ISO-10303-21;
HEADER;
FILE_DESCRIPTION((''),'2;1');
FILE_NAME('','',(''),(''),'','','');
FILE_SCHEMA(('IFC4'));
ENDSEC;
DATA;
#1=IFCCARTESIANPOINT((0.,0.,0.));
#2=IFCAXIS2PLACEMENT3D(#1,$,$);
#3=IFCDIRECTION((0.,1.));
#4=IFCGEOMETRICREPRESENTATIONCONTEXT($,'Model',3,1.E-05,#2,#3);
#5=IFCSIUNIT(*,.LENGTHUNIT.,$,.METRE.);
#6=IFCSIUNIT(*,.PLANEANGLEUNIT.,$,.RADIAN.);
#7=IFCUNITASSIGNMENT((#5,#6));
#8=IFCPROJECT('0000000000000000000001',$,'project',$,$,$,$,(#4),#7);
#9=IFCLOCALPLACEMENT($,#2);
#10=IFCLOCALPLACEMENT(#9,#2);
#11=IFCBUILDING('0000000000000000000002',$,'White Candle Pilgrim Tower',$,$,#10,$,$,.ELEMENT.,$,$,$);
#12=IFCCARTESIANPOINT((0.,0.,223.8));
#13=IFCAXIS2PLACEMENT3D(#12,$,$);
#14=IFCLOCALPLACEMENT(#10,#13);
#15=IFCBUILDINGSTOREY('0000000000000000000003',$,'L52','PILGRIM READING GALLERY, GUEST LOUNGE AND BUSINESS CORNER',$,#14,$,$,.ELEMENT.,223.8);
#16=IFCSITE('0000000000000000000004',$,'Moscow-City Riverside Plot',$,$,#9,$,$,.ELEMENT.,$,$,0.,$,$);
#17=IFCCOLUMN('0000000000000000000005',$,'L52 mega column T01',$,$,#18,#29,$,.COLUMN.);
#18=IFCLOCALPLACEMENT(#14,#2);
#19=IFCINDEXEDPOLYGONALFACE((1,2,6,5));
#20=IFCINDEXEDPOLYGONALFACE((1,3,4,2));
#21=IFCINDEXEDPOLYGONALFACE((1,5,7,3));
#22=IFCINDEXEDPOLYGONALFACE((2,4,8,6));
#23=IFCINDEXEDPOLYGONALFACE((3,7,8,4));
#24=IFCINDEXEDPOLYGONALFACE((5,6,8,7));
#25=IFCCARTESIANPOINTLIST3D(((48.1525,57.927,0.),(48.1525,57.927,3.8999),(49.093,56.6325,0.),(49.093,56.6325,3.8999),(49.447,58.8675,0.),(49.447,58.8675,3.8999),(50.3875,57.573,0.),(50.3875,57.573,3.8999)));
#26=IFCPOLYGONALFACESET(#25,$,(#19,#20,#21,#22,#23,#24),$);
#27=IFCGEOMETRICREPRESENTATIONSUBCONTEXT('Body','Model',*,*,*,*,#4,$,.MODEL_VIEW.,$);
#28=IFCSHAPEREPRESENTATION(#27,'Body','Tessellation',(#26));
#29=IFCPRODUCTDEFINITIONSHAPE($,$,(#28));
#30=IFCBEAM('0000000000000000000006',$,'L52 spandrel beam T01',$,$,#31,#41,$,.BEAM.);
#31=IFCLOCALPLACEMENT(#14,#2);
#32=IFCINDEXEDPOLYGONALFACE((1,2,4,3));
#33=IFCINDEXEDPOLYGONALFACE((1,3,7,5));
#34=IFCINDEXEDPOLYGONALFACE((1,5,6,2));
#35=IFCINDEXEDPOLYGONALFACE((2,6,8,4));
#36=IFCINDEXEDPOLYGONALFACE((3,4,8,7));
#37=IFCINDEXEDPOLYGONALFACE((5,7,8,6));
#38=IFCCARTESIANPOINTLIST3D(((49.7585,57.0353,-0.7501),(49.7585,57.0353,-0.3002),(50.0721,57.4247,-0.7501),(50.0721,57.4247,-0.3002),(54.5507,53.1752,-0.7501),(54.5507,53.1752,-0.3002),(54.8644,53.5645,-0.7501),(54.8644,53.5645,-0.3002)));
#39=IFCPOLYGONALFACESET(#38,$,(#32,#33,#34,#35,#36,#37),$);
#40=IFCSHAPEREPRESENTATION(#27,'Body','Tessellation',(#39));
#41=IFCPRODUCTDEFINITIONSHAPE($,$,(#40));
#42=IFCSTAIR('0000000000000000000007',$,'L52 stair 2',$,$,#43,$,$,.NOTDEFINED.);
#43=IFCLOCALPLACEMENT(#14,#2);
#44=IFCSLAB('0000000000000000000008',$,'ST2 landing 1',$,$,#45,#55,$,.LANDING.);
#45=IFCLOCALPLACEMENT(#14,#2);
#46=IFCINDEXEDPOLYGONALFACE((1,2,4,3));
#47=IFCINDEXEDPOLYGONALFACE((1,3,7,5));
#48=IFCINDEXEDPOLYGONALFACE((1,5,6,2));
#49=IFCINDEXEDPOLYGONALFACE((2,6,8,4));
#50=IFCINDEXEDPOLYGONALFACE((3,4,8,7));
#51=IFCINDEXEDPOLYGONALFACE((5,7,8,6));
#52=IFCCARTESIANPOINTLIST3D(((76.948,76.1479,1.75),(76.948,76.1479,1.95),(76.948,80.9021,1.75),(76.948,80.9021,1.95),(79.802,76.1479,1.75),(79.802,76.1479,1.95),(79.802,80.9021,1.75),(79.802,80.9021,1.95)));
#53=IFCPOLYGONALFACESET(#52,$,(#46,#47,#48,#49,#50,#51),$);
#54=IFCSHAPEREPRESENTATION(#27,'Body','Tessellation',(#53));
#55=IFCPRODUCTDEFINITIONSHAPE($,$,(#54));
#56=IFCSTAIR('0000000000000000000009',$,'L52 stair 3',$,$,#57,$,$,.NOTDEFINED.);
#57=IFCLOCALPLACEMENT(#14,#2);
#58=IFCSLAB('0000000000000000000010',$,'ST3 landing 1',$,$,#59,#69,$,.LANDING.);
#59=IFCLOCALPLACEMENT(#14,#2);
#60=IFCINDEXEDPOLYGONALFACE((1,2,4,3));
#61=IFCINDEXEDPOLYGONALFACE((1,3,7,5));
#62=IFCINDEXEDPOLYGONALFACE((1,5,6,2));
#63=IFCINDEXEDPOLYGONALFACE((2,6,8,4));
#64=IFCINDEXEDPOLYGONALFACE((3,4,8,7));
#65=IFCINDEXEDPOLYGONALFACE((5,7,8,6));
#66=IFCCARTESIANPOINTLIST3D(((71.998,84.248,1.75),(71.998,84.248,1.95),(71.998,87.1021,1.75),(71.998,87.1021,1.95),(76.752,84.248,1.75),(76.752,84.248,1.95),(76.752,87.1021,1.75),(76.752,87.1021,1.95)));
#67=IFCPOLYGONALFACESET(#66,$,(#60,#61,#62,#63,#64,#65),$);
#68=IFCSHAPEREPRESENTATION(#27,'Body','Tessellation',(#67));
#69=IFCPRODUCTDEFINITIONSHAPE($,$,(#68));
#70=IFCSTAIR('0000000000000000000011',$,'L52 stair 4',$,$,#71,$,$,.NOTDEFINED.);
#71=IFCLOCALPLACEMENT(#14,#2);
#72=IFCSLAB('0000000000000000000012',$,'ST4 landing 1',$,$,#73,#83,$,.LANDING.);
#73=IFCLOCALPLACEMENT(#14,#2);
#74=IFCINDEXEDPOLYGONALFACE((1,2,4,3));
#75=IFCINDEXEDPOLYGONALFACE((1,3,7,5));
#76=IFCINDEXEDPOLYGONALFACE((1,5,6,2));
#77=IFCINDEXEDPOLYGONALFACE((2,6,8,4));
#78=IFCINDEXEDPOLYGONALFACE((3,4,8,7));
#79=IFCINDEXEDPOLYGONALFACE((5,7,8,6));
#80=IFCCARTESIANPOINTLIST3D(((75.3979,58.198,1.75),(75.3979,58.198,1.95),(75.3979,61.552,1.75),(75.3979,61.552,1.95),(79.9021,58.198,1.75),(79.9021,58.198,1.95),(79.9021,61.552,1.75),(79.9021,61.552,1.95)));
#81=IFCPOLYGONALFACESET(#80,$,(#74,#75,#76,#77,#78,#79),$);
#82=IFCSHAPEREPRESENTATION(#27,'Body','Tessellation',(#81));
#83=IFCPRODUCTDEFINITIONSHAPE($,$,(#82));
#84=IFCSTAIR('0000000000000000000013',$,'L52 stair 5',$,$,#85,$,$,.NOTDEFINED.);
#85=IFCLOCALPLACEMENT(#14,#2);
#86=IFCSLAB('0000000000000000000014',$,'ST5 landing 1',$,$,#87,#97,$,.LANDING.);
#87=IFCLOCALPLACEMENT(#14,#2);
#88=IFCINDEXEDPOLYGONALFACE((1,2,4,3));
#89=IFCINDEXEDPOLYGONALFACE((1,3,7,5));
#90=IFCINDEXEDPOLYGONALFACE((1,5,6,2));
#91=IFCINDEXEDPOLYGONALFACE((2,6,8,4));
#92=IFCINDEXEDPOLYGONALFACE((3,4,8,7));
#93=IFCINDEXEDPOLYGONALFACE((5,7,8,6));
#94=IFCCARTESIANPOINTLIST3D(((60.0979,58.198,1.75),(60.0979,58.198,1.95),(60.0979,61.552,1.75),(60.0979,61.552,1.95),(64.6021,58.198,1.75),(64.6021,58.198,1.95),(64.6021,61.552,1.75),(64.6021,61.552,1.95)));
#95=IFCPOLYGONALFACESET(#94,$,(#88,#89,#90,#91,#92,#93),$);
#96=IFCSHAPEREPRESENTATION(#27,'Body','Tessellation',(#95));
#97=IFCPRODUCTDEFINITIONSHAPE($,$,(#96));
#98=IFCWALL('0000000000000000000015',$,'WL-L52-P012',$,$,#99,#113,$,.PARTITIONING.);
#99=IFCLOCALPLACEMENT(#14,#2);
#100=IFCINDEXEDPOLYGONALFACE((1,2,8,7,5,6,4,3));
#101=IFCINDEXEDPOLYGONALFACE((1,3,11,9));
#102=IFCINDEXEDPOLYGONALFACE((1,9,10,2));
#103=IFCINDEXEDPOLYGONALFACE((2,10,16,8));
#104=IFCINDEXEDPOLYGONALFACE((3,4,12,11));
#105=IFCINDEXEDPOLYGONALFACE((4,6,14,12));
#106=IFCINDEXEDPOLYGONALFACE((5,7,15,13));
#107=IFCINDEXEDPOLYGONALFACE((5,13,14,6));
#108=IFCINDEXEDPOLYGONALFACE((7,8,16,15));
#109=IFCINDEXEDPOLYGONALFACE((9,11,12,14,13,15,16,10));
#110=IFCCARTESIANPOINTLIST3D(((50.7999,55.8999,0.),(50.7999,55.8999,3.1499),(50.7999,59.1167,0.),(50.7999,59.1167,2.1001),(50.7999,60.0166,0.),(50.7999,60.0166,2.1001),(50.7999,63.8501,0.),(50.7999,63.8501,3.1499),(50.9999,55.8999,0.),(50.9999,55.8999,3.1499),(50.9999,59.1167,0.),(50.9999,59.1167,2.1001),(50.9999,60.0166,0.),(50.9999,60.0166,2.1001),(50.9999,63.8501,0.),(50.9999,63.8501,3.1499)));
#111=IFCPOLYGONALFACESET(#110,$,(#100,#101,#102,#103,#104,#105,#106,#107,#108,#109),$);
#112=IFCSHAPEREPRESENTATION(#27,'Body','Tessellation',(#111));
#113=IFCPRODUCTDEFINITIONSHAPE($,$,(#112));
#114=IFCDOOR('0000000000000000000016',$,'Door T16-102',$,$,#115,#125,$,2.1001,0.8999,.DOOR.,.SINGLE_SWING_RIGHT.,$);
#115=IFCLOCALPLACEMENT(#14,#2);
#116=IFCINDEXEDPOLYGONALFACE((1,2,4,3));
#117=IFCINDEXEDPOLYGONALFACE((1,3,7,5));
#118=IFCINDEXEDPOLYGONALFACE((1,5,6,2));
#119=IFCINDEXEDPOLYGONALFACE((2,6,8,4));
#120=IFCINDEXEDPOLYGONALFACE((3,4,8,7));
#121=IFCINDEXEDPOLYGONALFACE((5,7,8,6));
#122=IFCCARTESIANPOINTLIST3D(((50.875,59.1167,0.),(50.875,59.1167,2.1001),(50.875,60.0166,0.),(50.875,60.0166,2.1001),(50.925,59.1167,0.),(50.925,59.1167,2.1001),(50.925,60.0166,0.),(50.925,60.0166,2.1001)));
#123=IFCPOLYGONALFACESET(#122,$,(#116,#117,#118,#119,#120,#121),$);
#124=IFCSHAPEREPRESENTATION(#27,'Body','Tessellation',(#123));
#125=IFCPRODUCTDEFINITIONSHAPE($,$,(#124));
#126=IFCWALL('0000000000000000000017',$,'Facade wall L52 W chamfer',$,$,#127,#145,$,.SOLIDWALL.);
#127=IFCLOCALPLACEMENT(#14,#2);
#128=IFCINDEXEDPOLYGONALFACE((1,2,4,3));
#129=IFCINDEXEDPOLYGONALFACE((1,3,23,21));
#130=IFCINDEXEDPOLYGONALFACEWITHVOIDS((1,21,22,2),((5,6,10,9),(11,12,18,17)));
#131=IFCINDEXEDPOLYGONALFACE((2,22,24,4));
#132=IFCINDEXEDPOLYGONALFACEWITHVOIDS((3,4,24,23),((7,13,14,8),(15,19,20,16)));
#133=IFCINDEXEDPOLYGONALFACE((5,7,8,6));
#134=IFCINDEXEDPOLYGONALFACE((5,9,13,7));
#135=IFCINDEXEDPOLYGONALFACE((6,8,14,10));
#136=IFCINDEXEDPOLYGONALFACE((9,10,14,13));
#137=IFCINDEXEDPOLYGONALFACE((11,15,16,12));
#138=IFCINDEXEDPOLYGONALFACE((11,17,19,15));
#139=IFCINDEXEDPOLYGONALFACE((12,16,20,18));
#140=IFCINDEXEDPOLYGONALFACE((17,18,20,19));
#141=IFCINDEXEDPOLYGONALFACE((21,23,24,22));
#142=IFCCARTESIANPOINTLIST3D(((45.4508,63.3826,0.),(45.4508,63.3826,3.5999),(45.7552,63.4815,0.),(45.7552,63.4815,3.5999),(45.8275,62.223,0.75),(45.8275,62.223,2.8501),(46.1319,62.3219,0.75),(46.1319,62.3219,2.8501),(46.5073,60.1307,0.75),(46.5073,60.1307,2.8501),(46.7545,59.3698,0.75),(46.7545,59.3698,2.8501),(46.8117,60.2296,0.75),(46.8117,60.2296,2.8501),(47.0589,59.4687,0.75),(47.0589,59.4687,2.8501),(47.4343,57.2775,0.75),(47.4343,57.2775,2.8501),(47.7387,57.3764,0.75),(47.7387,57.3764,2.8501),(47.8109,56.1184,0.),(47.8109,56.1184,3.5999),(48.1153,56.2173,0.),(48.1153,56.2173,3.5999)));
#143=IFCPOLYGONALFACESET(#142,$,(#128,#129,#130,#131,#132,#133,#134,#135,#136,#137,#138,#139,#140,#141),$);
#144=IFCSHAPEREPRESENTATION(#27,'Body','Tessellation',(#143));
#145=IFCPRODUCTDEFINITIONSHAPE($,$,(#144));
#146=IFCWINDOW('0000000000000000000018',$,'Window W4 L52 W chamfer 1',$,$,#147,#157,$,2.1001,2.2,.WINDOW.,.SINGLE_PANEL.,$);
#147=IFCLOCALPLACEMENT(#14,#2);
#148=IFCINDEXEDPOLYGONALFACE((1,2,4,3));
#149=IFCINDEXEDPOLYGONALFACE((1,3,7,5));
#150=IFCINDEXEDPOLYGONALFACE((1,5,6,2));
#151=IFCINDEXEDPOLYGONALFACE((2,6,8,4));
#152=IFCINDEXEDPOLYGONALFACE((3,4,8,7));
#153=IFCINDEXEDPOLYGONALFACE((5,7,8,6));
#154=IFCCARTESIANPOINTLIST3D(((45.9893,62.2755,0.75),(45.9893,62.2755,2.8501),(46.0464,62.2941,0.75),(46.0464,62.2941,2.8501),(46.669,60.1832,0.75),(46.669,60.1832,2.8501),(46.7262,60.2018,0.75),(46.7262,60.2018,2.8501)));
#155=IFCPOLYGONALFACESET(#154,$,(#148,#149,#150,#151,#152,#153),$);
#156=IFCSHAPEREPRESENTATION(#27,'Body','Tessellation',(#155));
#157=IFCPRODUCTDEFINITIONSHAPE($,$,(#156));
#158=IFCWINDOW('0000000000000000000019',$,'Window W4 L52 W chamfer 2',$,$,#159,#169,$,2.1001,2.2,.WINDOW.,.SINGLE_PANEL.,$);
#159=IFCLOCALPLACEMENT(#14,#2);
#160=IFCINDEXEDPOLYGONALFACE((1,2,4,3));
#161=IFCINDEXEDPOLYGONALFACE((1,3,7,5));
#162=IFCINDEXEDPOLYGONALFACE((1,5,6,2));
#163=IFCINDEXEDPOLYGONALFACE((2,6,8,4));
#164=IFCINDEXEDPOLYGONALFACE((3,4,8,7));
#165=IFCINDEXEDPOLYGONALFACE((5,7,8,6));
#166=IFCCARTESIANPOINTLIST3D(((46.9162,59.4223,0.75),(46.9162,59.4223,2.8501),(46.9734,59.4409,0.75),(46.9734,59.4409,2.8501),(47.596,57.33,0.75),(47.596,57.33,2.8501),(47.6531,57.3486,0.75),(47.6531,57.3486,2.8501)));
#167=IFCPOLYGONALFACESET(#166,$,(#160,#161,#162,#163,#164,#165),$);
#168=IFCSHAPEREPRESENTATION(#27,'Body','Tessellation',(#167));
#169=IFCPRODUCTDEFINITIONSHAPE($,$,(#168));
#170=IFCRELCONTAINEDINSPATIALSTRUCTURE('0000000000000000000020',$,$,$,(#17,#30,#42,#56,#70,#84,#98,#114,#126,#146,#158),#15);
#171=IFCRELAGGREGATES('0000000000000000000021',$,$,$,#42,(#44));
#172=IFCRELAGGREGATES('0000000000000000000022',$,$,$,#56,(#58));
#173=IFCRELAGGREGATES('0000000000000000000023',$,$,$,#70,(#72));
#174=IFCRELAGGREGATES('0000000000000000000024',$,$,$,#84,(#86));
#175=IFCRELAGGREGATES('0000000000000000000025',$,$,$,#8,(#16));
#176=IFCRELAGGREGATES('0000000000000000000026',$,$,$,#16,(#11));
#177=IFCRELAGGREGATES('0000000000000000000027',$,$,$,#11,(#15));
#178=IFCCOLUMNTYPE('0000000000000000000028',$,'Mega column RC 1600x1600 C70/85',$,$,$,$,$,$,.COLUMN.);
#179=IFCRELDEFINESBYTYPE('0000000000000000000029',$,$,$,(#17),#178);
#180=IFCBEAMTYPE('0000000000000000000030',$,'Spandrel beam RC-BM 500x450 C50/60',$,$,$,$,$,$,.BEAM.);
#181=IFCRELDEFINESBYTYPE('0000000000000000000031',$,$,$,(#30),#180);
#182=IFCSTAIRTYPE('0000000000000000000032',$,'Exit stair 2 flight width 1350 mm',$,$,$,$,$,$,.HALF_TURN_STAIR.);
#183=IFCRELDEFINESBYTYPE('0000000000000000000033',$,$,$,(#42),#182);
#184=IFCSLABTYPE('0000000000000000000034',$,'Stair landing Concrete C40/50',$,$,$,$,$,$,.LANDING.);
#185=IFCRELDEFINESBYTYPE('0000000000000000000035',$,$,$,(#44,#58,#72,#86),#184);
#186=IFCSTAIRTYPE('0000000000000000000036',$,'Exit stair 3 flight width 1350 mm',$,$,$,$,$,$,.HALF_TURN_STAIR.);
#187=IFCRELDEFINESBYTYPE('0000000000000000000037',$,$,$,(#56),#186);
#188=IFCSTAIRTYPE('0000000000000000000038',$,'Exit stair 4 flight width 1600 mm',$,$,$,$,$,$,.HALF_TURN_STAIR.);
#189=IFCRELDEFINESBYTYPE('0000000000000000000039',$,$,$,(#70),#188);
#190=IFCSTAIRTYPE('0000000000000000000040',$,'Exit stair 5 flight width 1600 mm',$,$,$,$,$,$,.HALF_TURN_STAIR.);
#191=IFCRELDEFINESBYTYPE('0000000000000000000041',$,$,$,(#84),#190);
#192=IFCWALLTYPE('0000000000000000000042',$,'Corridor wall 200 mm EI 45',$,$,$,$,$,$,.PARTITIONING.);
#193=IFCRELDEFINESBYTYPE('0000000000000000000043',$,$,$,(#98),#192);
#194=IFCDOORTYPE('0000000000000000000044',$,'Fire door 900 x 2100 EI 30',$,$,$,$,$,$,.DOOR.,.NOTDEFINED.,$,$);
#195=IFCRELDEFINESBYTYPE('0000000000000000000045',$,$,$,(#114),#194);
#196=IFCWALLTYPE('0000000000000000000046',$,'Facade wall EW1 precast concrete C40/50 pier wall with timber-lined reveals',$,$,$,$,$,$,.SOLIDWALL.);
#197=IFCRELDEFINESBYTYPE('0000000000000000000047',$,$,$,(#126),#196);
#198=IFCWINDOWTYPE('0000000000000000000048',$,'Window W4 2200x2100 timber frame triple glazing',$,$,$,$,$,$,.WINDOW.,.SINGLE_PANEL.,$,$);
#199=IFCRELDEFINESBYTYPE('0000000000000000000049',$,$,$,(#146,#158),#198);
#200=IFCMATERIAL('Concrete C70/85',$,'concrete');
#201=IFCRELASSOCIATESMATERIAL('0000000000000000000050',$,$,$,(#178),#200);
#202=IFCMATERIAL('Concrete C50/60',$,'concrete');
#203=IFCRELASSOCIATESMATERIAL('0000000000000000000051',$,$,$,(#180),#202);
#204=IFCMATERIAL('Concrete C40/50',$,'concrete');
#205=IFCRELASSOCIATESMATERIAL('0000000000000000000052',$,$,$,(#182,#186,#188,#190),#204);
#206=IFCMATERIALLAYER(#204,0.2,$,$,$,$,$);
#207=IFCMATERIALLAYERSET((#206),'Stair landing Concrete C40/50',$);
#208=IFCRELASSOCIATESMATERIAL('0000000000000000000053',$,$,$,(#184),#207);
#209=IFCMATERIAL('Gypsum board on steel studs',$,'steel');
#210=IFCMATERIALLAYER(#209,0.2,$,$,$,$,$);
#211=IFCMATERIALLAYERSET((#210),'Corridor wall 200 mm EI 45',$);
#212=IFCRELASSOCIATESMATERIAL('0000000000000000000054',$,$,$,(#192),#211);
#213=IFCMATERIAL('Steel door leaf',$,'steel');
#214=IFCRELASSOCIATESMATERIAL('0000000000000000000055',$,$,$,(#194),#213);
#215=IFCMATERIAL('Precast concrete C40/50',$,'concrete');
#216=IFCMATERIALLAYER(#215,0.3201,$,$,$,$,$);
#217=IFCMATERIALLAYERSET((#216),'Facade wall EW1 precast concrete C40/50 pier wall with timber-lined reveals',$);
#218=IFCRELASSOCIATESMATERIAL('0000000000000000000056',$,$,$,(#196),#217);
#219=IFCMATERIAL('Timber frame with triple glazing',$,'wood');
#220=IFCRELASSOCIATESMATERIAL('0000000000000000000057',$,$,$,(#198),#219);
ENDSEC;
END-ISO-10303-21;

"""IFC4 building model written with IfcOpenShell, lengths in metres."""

from ifc_helpers import new_model, si_unit, direction, frame, frame_2d, origin, origin_2d, place, context, subcontext, project, spatial, polyline, rectangle, outline, extrude, material, layer, layer_set, material_profile, profile_set, type_object, element, fill, aggregate, save


model = new_model("IFC4")

# Units and contexts
model_context = context("Model", 3, precision=1e-05, world=origin(), true_north=direction((0.0, 1.0)))
body_context = subcontext(model_context, "Body", "Model", "MODEL_VIEW")
ifc_project = project(units=[si_unit("LENGTHUNIT", "METRE"), si_unit("PLANEANGLEUNIT", "RADIAN")], contexts=[model_context])

# Site, building, storey
site_placement = place(None, origin())
site = spatial("IfcSite", under=ifc_project, at=site_placement, Name="Moscow-City Riverside Plot", CompositionType="ELEMENT", RefElevation=0.0)
building_placement = place(site_placement, origin())
building = spatial("IfcBuilding", under=site, at=building_placement, Name="White Candle Pilgrim Tower", CompositionType="ELEMENT")
storey_placement = place(building_placement, frame((0.0, 0.0, 223.8)))
storey = spatial("IfcBuildingStorey", under=building, at=storey_placement, Name="L52", Description="PILGRIM READING GALLERY, GUEST LOUNGE AND BUSINESS CORNER", CompositionType="ELEMENT", Elevation=223.8)

# Column
ifc_material_1 = material(Name="Concrete C70/85", Category="concrete")
ifc_material_profile_1 = material_profile(ifc_material_1, rectangle(XDim=1.6001, YDim=1.6001, at=origin_2d()), Name="RC 1600x1600")
ifc_profile_set_1 = profile_set([ifc_material_profile_1], Name="Concrete C70/85")
column_type = type_object("IfcColumnType", Name="Mega column RC 1600x1600 C70/85", PredefinedType="COLUMN", material=ifc_profile_set_1)
column_placement = place(storey_placement, frame((49.27, 57.75, 0.0), z_axis=(0.0, 0.0, 1.0), x_axis=(-0.809017, -0.587785, 0.0)))
element("IfcColumn", 1, at=column_placement, inside=storey, type_object=column_type, Name="L52 mega column T01", PredefinedType="COLUMN", context=body_context, shape_type="SweptSolid", body=[
    extrude(rectangle(XDim=1.6001, YDim=1.6001, at=origin_2d()), origin(), (0.0, 0.0, 1.0), 3.8999),
])

# Beam
ifc_material_2 = material(Name="Concrete C50/60", Category="concrete")
ifc_material_profile_2 = material_profile(ifc_material_2, rectangle(XDim=0.5, YDim=0.45, at=origin_2d()), Name="RC-BM 500x450")
ifc_profile_set_2 = profile_set([ifc_material_profile_2], Name="Concrete C50/60")
beam_type = type_object("IfcBeamType", Name="Spandrel beam RC-BM 500x450 C50/60", PredefinedType="BEAM", material=ifc_profile_set_2)
beam_placement = place(storey_placement, frame((49.9153, 57.23, -0.5251), z_axis=(0.778778, -0.627299, 0.0), x_axis=(0.627299, 0.778778, 0.0)))
element("IfcBeam", 2, at=beam_placement, inside=storey, type_object=beam_type, Name="L52 spandrel beam T01", PredefinedType="BEAM", context=body_context, shape_type="SweptSolid", body=[
    extrude(rectangle(XDim=0.5, YDim=0.45, at=origin_2d()), origin(), (0.0, 0.0, 1.0), 6.1536),
])

# Stairs, slabs
ifc_material_3 = material(Name="Concrete C40/50", Category="concrete")
stair_type_1 = type_object("IfcStairType", Name="Exit stair 2 flight width 1350 mm", PredefinedType="HALF_TURN_STAIR", material=ifc_material_3)
stair_1_placement = place(storey_placement, origin())
stair_1 = element("IfcStair", 3, at=stair_1_placement, inside=storey, type_object=stair_type_1, Name="L52 stair 2", PredefinedType="NOTDEFINED")
ifc_layer_1 = layer(ifc_material_3, 0.2)
ifc_layer_set_1 = layer_set([ifc_layer_1], Name="Stair landing Concrete C40/50")
slab_type = type_object("IfcSlabType", Name="Stair landing Concrete C40/50", PredefinedType="LANDING", material=ifc_layer_set_1)
slab_1_placement = place(storey_placement, frame((0.0, 0.0, 1.75)))
slab_1 = element("IfcSlab", 4, at=slab_1_placement, type_object=slab_type, Name="ST2 landing 1", PredefinedType="LANDING", context=body_context, shape_type="SweptSolid", body=[
    extrude(outline(polyline([(79.802, 76.1479), (76.948, 76.1479), (76.948, 80.9021), (79.802, 80.9021), (79.802, 76.1479)])), origin(), (0.0, 0.0, 1.0), 0.2),
])
aggregate(stair_1, [slab_1])
stair_type_2 = type_object("IfcStairType", Name="Exit stair 3 flight width 1350 mm", PredefinedType="HALF_TURN_STAIR", material=ifc_material_3)
stair_2_placement = place(storey_placement, origin())
stair_2 = element("IfcStair", 5, at=stair_2_placement, inside=storey, type_object=stair_type_2, Name="L52 stair 3", PredefinedType="NOTDEFINED")
slab_2_placement = place(storey_placement, frame((0.0, 0.0, 1.75)))
slab_2 = element("IfcSlab", 6, at=slab_2_placement, type_object=slab_type, Name="ST3 landing 1", PredefinedType="LANDING", context=body_context, shape_type="SweptSolid", body=[
    extrude(outline(polyline([(71.998, 84.248), (71.998, 87.1021), (76.752, 87.1021), (76.752, 84.248), (71.998, 84.248)])), origin(), (0.0, 0.0, 1.0), 0.2),
])
aggregate(stair_2, [slab_2])
stair_type_3 = type_object("IfcStairType", Name="Exit stair 4 flight width 1600 mm", PredefinedType="HALF_TURN_STAIR", material=ifc_material_3)
stair_3_placement = place(storey_placement, origin())
stair_3 = element("IfcStair", 7, at=stair_3_placement, inside=storey, type_object=stair_type_3, Name="L52 stair 4", PredefinedType="NOTDEFINED")
slab_3_placement = place(storey_placement, frame((0.0, 0.0, 1.75)))
slab_3 = element("IfcSlab", 8, at=slab_3_placement, type_object=slab_type, Name="ST4 landing 1", PredefinedType="LANDING", context=body_context, shape_type="SweptSolid", body=[
    extrude(outline(polyline([(79.9021, 61.552), (79.9021, 58.198), (75.3979, 58.198), (75.3979, 61.552), (79.9021, 61.552)])), origin(), (0.0, 0.0, 1.0), 0.2),
])
aggregate(stair_3, [slab_3])
stair_type_4 = type_object("IfcStairType", Name="Exit stair 5 flight width 1600 mm", PredefinedType="HALF_TURN_STAIR", material=ifc_material_3)
stair_4_placement = place(storey_placement, origin())
stair_4 = element("IfcStair", 9, at=stair_4_placement, inside=storey, type_object=stair_type_4, Name="L52 stair 5", PredefinedType="NOTDEFINED")
slab_4_placement = place(storey_placement, frame((0.0, 0.0, 1.75)))
slab_4 = element("IfcSlab", 10, at=slab_4_placement, type_object=slab_type, Name="ST5 landing 1", PredefinedType="LANDING", context=body_context, shape_type="SweptSolid", body=[
    extrude(outline(polyline([(60.0979, 58.198), (60.0979, 61.552), (64.6021, 61.552), (64.6021, 58.198), (60.0979, 58.198)])), origin(), (0.0, 0.0, 1.0), 0.2),
])
aggregate(stair_4, [slab_4])

# Wall, opening, door
ifc_material_4 = material(Name="Gypsum board on steel studs", Category="steel")
ifc_layer_2 = layer(ifc_material_4, 0.2)
ifc_layer_set_2 = layer_set([ifc_layer_2], Name="Corridor wall 200 mm EI 45")
wall_type_1 = type_object("IfcWallType", Name="Corridor wall 200 mm EI 45", PredefinedType="PARTITIONING", material=ifc_layer_set_2)
wall_1_placement = place(storey_placement, frame((50.8999, 55.8999, 0.0), z_axis=(0.0, 0.0, 1.0), x_axis=(0.0, 1.0, 0.0)))
wall_1 = element("IfcWall", 11, at=wall_1_placement, inside=storey, type_object=wall_type_1, Name="WL-L52-P012", PredefinedType="PARTITIONING", context=body_context, shape_type="SweptSolid", body=[
    extrude(rectangle(XDim=7.9502, YDim=0.2, at=frame_2d((3.9751, 0.0))), origin(), (0.0, 0.0, 1.0), 3.1499),
])
opening_1_placement = place(wall_1_placement, frame((3.2168, 0.0, 0.0)))
opening_1 = element("IfcOpeningElement", 12, at=opening_1_placement, cuts=wall_1, PredefinedType="OPENING", context=body_context, shape_type="SweptSolid", body=[
    extrude(rectangle(XDim=0.8999, YDim=2.1001, at=frame_2d((0.45, 1.05))), frame((0.0, 0.1099, 0.0), z_axis=(0.0, -1.0, 0.0), x_axis=(1.0, 0.0, 0.0)), (0.0, 0.0, 1.0), 0.22),
])
ifc_material_5 = material(Name="Steel door leaf", Category="steel")
door_type_1 = type_object("IfcDoorType", Name="Fire door 900 x 2100 EI 30", OperationType="NOTDEFINED", PredefinedType="DOOR", material=ifc_material_5)
door_1_placement = place(opening_1_placement, origin())
door_1 = element("IfcDoor", 13, at=door_1_placement, inside=storey, type_object=door_type_1, Name="Door T16-102", OperationType="SINGLE_SWING_RIGHT", OverallHeight=2.1001, OverallWidth=0.8999, PredefinedType="DOOR", context=body_context, shape_type="SweptSolid", body=[
    extrude(rectangle(XDim=0.8999, YDim=2.1001, at=frame_2d((0.45, 1.05))), frame((0.0, 0.0249, 0.0), z_axis=(0.0, -1.0, 0.0), x_axis=(1.0, 0.0, 0.0)), (0.0, 0.0, 1.0), 0.05),
])
fill(opening_1, door_1)

# Wall, openings, windows
ifc_material_6 = material(Name="Precast concrete C40/50", Category="concrete")
ifc_layer_3 = layer(ifc_material_6, 0.3201)
ifc_layer_set_3 = layer_set([ifc_layer_3], Name="Facade wall EW1 precast concrete C40/50 pier wall with timber-lined reveals")
wall_type_2 = type_object("IfcWallType", Name="Facade wall EW1 precast concrete C40/50 pier wall with timber-lined reveals", PredefinedType="SOLIDWALL", material=ifc_layer_set_3)
wall_2_placement = place(storey_placement, frame((45.603, 63.4319, 0.0), z_axis=(0.0, 0.0, 1.0), x_axis=(0.308998, -0.951063, 0.0)))
wall_2 = element("IfcWall", 14, at=wall_2_placement, inside=storey, type_object=wall_type_2, Name="Facade wall L52 W chamfer", PredefinedType="SOLIDWALL", context=body_context, shape_type="SweptSolid", body=[
    extrude(rectangle(XDim=7.6379, YDim=0.3201, at=frame_2d((3.8188, 0.0))), origin(), (0.0, 0.0, 1.0), 3.5999),
])
opening_2_placement = place(wall_2_placement, frame((1.219, 0.0, 0.75)))
opening_2 = element("IfcOpeningElement", 15, at=opening_2_placement, cuts=wall_2, PredefinedType="OPENING", context=body_context, shape_type="SweptSolid", body=[
    extrude(rectangle(XDim=2.2, YDim=2.1001, at=frame_2d((1.1001, 1.05))), frame((0.0, 0.1699, 0.0), z_axis=(0.0, -1.0, 0.0), x_axis=(1.0, 0.0, 0.0)), (0.0, 0.0, 1.0), 0.3401),
])
opening_3_placement = place(wall_2_placement, frame((4.219, 0.0, 0.75)))
opening_3 = element("IfcOpeningElement", 16, at=opening_3_placement, cuts=wall_2, PredefinedType="OPENING", context=body_context, shape_type="SweptSolid", body=[
    extrude(rectangle(XDim=2.2, YDim=2.1001, at=frame_2d((1.1001, 1.05))), frame((0.0, 0.1699, 0.0), z_axis=(0.0, -1.0, 0.0), x_axis=(1.0, 0.0, 0.0)), (0.0, 0.0, 1.0), 0.3401),
])
ifc_material_7 = material(Name="Timber frame with triple glazing", Category="wood")
window_type_1 = type_object("IfcWindowType", Name="Window W4 2200x2100 timber frame triple glazing", PartitioningType="SINGLE_PANEL", PredefinedType="WINDOW", material=ifc_material_7)
window_1_placement = place(opening_2_placement, origin())
window_1 = element("IfcWindow", 17, at=window_1_placement, inside=storey, type_object=window_type_1, Name="Window W4 L52 W chamfer 1", OverallHeight=2.1001, OverallWidth=2.2, PartitioningType="SINGLE_PANEL", PredefinedType="WINDOW", context=body_context, shape_type="SweptSolid", body=[
    extrude(rectangle(XDim=2.2, YDim=2.1001, at=frame_2d((1.1001, 1.05))), frame((0.0, 0.0701, 0.0), z_axis=(0.0, -1.0, 0.0), x_axis=(1.0, 0.0, 0.0)), (0.0, 0.0, 1.0), 0.0601),
])
fill(opening_2, window_1)
window_2_placement = place(opening_3_placement, origin())
window_2 = element("IfcWindow", 18, at=window_2_placement, inside=storey, type_object=window_type_1, Name="Window W4 L52 W chamfer 2", OverallHeight=2.1001, OverallWidth=2.2, PartitioningType="SINGLE_PANEL", PredefinedType="WINDOW", context=body_context, shape_type="SweptSolid", body=[
    extrude(rectangle(XDim=2.2, YDim=2.1001, at=frame_2d((1.1001, 1.05))), frame((0.0, 0.0701, 0.0), z_axis=(0.0, -1.0, 0.0), x_axis=(1.0, 0.0, 0.0)), (0.0, 0.0, 1.0), 0.0601),
])
fill(opening_3, window_2)

save(model, "model.ifc")
